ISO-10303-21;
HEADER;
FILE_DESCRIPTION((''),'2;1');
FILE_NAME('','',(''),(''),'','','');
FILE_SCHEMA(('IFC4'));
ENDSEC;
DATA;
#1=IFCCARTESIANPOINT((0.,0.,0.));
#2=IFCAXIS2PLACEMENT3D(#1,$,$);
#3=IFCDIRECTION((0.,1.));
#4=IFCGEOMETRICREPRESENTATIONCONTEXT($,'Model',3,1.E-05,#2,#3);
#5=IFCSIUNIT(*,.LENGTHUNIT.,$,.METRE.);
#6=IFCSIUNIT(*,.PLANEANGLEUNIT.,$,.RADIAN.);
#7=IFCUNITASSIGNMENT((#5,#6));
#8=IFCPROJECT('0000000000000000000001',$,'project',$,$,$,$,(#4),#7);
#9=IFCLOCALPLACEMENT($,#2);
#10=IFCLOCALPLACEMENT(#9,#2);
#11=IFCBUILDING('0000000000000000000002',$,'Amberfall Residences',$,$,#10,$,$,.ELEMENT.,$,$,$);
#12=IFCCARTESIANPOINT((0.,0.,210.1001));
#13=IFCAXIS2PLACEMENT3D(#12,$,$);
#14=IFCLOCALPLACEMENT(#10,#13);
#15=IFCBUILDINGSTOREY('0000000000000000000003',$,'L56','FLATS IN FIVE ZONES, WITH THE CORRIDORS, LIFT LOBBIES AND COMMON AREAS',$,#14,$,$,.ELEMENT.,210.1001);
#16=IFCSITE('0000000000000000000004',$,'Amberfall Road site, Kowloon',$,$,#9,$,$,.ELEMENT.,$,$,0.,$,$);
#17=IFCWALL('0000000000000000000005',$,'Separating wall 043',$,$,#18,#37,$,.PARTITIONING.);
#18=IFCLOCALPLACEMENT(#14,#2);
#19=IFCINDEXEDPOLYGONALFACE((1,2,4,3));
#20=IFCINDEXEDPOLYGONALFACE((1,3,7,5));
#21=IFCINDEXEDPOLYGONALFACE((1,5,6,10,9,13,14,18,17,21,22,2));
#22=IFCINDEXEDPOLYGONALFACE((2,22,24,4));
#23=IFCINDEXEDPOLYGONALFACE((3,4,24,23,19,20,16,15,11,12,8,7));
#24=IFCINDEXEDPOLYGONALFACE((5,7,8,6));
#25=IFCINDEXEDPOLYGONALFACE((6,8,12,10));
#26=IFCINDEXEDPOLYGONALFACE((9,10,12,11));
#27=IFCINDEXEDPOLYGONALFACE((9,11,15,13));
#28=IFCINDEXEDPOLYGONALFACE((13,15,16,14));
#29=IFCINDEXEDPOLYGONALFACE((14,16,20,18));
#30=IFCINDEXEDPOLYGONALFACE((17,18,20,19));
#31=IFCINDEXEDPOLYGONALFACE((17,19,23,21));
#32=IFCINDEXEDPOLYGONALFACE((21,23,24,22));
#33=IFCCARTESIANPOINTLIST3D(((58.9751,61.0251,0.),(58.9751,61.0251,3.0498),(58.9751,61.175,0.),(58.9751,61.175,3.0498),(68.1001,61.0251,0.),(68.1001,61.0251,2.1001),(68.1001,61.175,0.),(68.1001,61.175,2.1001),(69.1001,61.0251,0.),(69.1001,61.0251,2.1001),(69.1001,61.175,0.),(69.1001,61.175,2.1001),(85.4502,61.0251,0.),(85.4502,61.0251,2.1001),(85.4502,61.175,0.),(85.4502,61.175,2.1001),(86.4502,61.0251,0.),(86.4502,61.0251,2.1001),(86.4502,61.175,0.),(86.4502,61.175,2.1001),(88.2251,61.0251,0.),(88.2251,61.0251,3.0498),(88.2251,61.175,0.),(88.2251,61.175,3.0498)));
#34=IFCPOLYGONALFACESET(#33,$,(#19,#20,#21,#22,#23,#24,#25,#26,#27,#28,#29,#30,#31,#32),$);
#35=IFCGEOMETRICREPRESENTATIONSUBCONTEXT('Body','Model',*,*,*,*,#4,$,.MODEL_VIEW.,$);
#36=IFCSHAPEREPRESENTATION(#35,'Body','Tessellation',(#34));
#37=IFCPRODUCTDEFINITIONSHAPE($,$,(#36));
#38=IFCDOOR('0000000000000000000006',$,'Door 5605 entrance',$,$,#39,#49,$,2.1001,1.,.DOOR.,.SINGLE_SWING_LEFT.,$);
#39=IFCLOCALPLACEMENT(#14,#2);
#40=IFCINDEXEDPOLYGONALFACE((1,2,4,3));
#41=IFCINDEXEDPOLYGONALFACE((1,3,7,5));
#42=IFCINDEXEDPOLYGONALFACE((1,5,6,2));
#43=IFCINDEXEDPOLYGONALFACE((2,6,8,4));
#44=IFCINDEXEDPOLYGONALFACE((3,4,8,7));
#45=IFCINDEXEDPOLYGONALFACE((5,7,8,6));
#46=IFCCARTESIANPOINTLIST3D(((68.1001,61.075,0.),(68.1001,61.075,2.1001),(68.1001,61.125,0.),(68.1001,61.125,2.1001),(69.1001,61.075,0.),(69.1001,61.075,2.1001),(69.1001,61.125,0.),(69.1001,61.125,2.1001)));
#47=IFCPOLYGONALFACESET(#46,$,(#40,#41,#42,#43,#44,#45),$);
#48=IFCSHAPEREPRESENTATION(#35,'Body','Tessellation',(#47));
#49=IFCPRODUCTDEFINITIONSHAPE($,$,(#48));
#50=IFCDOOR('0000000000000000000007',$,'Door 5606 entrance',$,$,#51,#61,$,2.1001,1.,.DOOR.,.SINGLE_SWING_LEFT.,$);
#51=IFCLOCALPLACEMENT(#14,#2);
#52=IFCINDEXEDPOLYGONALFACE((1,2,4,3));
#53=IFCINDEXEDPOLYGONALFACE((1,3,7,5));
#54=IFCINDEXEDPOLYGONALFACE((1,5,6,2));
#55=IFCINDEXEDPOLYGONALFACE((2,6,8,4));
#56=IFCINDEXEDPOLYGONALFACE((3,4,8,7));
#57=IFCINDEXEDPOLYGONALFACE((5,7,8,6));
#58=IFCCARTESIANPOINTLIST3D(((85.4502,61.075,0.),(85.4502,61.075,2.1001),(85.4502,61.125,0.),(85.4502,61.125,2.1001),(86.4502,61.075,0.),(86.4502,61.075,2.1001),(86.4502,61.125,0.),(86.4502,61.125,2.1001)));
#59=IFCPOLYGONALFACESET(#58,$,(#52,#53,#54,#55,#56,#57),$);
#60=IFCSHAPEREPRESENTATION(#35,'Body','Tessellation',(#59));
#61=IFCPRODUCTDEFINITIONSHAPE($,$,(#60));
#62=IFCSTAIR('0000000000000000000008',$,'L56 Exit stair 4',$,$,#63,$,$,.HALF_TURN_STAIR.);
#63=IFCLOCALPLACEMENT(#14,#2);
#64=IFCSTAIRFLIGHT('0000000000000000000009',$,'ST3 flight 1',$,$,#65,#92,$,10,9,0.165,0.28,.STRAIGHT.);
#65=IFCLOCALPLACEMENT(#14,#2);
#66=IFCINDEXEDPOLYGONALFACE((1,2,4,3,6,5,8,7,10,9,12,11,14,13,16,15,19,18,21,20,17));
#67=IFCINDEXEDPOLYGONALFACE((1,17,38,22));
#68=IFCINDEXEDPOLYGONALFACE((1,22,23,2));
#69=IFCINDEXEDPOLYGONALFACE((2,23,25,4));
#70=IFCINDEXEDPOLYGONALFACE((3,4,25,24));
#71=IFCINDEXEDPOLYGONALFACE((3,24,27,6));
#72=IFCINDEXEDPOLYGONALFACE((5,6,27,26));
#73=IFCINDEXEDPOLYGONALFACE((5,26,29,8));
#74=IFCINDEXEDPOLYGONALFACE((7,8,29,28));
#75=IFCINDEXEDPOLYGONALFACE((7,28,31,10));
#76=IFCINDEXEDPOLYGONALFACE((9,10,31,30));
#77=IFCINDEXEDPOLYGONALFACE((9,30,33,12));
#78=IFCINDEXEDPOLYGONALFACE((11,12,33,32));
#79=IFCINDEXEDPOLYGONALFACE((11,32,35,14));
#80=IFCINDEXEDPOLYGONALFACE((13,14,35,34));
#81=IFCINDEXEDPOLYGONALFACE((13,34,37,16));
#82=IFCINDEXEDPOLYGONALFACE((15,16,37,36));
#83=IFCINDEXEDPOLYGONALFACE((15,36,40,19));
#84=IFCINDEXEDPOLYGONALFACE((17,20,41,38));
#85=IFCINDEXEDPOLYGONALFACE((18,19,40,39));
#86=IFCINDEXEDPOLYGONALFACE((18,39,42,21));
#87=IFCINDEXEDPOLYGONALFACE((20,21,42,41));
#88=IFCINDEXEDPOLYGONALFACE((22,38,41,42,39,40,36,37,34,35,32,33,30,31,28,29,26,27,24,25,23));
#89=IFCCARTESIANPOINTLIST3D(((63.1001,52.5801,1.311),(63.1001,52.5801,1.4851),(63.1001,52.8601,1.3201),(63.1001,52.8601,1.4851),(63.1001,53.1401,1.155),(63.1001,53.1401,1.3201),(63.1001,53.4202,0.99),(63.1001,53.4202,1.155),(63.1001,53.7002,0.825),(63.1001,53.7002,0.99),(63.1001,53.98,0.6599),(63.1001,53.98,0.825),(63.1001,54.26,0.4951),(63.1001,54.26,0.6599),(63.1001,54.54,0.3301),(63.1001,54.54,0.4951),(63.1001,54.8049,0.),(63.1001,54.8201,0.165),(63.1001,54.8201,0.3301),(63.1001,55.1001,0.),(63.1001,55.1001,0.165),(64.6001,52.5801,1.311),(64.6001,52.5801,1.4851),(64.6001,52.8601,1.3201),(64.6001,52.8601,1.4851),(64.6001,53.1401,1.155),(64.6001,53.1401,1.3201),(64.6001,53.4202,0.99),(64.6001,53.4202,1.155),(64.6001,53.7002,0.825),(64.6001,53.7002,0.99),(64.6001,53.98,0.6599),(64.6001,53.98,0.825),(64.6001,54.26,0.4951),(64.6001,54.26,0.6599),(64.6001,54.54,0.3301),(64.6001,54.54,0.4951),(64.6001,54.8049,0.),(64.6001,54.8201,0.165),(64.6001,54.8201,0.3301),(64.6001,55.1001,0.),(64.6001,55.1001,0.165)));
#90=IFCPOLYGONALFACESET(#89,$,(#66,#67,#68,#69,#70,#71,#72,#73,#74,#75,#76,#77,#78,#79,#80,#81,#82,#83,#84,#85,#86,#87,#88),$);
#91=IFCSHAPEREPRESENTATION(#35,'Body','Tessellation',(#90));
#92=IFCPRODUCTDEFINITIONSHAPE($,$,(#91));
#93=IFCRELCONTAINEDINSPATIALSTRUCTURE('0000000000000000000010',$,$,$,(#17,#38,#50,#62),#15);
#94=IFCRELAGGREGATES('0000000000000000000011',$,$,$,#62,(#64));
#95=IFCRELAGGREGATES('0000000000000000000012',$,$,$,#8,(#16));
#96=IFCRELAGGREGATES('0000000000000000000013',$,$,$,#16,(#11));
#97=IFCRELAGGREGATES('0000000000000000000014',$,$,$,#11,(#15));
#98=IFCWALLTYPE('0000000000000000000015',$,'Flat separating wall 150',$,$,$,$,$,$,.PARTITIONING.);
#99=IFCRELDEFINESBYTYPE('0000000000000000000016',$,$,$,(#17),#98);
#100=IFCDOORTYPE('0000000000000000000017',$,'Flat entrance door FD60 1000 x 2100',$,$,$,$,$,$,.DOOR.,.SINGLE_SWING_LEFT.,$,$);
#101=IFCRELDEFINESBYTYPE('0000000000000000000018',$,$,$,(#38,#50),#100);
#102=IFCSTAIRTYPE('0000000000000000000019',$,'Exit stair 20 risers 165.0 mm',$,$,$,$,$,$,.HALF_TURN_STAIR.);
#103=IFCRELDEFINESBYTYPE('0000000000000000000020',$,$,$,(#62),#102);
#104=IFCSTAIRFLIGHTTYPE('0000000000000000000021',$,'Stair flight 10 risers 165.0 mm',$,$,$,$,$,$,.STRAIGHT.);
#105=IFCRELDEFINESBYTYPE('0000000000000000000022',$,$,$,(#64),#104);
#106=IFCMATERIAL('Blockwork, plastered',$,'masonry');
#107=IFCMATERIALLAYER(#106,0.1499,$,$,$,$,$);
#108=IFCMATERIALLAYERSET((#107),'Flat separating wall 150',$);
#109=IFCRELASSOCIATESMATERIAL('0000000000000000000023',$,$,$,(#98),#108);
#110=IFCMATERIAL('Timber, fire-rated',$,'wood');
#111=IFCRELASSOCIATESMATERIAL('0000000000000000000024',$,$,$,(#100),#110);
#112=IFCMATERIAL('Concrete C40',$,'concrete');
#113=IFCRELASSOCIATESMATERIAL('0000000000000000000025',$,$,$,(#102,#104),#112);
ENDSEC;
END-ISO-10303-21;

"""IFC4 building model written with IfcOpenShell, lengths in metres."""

from ifc_helpers import new_model, si_unit, direction, frame, frame_2d, origin, place, context, subcontext, project, spatial, polyline, rectangle, outline, extrude, material, layer, layer_set, type_object, element, fill, aggregate, save


model = new_model("IFC4")

# Units and contexts
model_context = context("Model", 3, precision=1e-05, world=origin(), true_north=direction((0.0, 1.0)))
body_context = subcontext(model_context, "Body", "Model", "MODEL_VIEW")
ifc_project = project(units=[si_unit("LENGTHUNIT", "METRE"), si_unit("PLANEANGLEUNIT", "RADIAN")], contexts=[model_context])

# Site, building, storey
site_placement = place(None, origin())
site = spatial("IfcSite", under=ifc_project, at=site_placement, Name="Amberfall Road site, Kowloon", CompositionType="ELEMENT", RefElevation=0.0)
building_placement = place(site_placement, origin())
building = spatial("IfcBuilding", under=site, at=building_placement, Name="Amberfall Residences", CompositionType="ELEMENT")
storey_placement = place(building_placement, frame((0.0, 0.0, 210.1001)))
storey = spatial("IfcBuildingStorey", under=building, at=storey_placement, Name="L56", Description="FLATS IN FIVE ZONES, WITH THE CORRIDORS, LIFT LOBBIES AND COMMON AREAS", CompositionType="ELEMENT", Elevation=210.1001)

# Shared definitions
ifc_material_1 = material(Name="Blockwork, plastered", Category="masonry")
ifc_layer_1 = layer(ifc_material_1, 0.1499)
ifc_layer_set_1 = layer_set([ifc_layer_1], Name="Flat separating wall 150")
wall_type_1 = type_object("IfcWallType", Name="Flat separating wall 150", PredefinedType="PARTITIONING", material=ifc_layer_set_1)

# Wall, openings, doors
wall_1_placement = place(storey_placement, frame((58.9751, 61.1001, 0.0), z_axis=(0.0, 0.0, 1.0), x_axis=(1.0, 0.0, 0.0)))
wall_1 = element("IfcWall", 1, at=wall_1_placement, inside=storey, type_object=wall_type_1, Name="Separating wall 043", PredefinedType="PARTITIONING", context=body_context, shape_type="SweptSolid", body=[
    extrude(rectangle(XDim=29.25, YDim=0.1499, at=frame_2d((14.625, 0.0))), origin(), (0.0, 0.0, 1.0), 3.0498),
])
opening_1_placement = place(wall_1_placement, frame((9.125, 0.0, 0.0)))
opening_1 = element("IfcOpeningElement", 2, at=opening_1_placement, cuts=wall_1, PredefinedType="OPENING", context=body_context, shape_type="SweptSolid", body=[
    extrude(rectangle(XDim=1.0, YDim=2.1001, at=frame_2d((0.5, 1.05))), frame((0.0, 0.085, 0.0), z_axis=(0.0, -1.0, 0.0), x_axis=(1.0, 0.0, 0.0)), (0.0, 0.0, 1.0), 0.1699),
])
opening_2_placement = place(wall_1_placement, frame((26.4751, 0.0, 0.0)))
opening_2 = element("IfcOpeningElement", 3, at=opening_2_placement, cuts=wall_1, PredefinedType="OPENING", context=body_context, shape_type="SweptSolid", body=[
    extrude(rectangle(XDim=1.0, YDim=2.1001, at=frame_2d((0.5, 1.05))), frame((0.0, 0.085, 0.0), z_axis=(0.0, -1.0, 0.0), x_axis=(1.0, 0.0, 0.0)), (0.0, 0.0, 1.0), 0.1699),
])
ifc_material_2 = material(Name="Timber, fire-rated", Category="wood")
door_type_1 = type_object("IfcDoorType", Name="Flat entrance door FD60 1000 x 2100", OperationType="SINGLE_SWING_LEFT", PredefinedType="DOOR", material=ifc_material_2)
door_1_placement = place(opening_1_placement, origin())
door_1 = element("IfcDoor", 4, at=door_1_placement, inside=storey, type_object=door_type_1, Name="Door 5605 entrance", OperationType="SINGLE_SWING_LEFT", OverallHeight=2.1001, OverallWidth=1.0, PredefinedType="DOOR", context=body_context, shape_type="SweptSolid", body=[
    extrude(rectangle(XDim=1.0, YDim=2.1001, at=frame_2d((0.5, 1.05))), frame((0.0, 0.0249, 0.0), z_axis=(0.0, -1.0, 0.0), x_axis=(1.0, 0.0, 0.0)), (0.0, 0.0, 1.0), 0.05),
])
fill(opening_1, door_1)
door_2_placement = place(opening_2_placement, origin())
door_2 = element("IfcDoor", 5, at=door_2_placement, inside=storey, type_object=door_type_1, Name="Door 5606 entrance", OperationType="SINGLE_SWING_LEFT", OverallHeight=2.1001, OverallWidth=1.0, PredefinedType="DOOR", context=body_context, shape_type="SweptSolid", body=[
    extrude(rectangle(XDim=1.0, YDim=2.1001, at=frame_2d((0.5, 1.05))), frame((0.0, 0.0249, 0.0), z_axis=(0.0, -1.0, 0.0), x_axis=(1.0, 0.0, 0.0)), (0.0, 0.0, 1.0), 0.05),
])
fill(opening_2, door_2)

# Stair, stair flight
ifc_material_3 = material(Name="Concrete C40", Category="concrete")
stair_type = type_object("IfcStairType", Name="Exit stair 20 risers 165.0 mm", PredefinedType="HALF_TURN_STAIR", material=ifc_material_3)
stair_placement = place(storey_placement, origin())
stair = element("IfcStair", 6, at=stair_placement, inside=storey, type_object=stair_type, Name="L56 Exit stair 4", PredefinedType="HALF_TURN_STAIR")
stair_flight_type = type_object("IfcStairFlightType", Name="Stair flight 10 risers 165.0 mm", PredefinedType="STRAIGHT", material=ifc_material_3)
stair_flight_placement = place(storey_placement, frame((63.8501, 55.1001, 0.0), z_axis=(0.0, 0.0, 1.0), x_axis=(0.0, -1.0, 0.0)))
stair_flight = element("IfcStairFlight", 7, at=stair_flight_placement, type_object=stair_flight_type, Name="ST3 flight 1", NumberOfRisers=10, NumberOfTreads=9, PredefinedType="STRAIGHT", RiserHeight=0.165, TreadLength=0.28, context=body_context, shape_type="SweptSolid", body=[
    extrude(outline(polyline([(0.0, 0.0), (0.0, 0.165), (0.28, 0.165), (0.28, 0.3301), (0.5601, 0.3301), (0.5601, 0.4951), (0.8401, 0.4951), (0.8401, 0.6599), (1.1201, 0.6599), (1.1201, 0.825), (1.3999, 0.825), (1.3999, 0.99), (1.6799, 0.99), (1.6799, 1.155), (1.96, 1.155), (1.96, 1.3201), (2.24, 1.3201), (2.24, 1.4851), (2.52, 1.4851), (2.52, 1.6499), (2.52, 1.311), (0.2952, 0.0), (0.0, 0.0)])), frame((0.0, 0.75, 0.0), z_axis=(0.0, -1.0, 0.0), x_axis=(1.0, 0.0, 0.0)), (0.0, 0.0, 1.0), 1.5),
])
aggregate(stair, [stair_flight])

save(model, "model.ifc")
